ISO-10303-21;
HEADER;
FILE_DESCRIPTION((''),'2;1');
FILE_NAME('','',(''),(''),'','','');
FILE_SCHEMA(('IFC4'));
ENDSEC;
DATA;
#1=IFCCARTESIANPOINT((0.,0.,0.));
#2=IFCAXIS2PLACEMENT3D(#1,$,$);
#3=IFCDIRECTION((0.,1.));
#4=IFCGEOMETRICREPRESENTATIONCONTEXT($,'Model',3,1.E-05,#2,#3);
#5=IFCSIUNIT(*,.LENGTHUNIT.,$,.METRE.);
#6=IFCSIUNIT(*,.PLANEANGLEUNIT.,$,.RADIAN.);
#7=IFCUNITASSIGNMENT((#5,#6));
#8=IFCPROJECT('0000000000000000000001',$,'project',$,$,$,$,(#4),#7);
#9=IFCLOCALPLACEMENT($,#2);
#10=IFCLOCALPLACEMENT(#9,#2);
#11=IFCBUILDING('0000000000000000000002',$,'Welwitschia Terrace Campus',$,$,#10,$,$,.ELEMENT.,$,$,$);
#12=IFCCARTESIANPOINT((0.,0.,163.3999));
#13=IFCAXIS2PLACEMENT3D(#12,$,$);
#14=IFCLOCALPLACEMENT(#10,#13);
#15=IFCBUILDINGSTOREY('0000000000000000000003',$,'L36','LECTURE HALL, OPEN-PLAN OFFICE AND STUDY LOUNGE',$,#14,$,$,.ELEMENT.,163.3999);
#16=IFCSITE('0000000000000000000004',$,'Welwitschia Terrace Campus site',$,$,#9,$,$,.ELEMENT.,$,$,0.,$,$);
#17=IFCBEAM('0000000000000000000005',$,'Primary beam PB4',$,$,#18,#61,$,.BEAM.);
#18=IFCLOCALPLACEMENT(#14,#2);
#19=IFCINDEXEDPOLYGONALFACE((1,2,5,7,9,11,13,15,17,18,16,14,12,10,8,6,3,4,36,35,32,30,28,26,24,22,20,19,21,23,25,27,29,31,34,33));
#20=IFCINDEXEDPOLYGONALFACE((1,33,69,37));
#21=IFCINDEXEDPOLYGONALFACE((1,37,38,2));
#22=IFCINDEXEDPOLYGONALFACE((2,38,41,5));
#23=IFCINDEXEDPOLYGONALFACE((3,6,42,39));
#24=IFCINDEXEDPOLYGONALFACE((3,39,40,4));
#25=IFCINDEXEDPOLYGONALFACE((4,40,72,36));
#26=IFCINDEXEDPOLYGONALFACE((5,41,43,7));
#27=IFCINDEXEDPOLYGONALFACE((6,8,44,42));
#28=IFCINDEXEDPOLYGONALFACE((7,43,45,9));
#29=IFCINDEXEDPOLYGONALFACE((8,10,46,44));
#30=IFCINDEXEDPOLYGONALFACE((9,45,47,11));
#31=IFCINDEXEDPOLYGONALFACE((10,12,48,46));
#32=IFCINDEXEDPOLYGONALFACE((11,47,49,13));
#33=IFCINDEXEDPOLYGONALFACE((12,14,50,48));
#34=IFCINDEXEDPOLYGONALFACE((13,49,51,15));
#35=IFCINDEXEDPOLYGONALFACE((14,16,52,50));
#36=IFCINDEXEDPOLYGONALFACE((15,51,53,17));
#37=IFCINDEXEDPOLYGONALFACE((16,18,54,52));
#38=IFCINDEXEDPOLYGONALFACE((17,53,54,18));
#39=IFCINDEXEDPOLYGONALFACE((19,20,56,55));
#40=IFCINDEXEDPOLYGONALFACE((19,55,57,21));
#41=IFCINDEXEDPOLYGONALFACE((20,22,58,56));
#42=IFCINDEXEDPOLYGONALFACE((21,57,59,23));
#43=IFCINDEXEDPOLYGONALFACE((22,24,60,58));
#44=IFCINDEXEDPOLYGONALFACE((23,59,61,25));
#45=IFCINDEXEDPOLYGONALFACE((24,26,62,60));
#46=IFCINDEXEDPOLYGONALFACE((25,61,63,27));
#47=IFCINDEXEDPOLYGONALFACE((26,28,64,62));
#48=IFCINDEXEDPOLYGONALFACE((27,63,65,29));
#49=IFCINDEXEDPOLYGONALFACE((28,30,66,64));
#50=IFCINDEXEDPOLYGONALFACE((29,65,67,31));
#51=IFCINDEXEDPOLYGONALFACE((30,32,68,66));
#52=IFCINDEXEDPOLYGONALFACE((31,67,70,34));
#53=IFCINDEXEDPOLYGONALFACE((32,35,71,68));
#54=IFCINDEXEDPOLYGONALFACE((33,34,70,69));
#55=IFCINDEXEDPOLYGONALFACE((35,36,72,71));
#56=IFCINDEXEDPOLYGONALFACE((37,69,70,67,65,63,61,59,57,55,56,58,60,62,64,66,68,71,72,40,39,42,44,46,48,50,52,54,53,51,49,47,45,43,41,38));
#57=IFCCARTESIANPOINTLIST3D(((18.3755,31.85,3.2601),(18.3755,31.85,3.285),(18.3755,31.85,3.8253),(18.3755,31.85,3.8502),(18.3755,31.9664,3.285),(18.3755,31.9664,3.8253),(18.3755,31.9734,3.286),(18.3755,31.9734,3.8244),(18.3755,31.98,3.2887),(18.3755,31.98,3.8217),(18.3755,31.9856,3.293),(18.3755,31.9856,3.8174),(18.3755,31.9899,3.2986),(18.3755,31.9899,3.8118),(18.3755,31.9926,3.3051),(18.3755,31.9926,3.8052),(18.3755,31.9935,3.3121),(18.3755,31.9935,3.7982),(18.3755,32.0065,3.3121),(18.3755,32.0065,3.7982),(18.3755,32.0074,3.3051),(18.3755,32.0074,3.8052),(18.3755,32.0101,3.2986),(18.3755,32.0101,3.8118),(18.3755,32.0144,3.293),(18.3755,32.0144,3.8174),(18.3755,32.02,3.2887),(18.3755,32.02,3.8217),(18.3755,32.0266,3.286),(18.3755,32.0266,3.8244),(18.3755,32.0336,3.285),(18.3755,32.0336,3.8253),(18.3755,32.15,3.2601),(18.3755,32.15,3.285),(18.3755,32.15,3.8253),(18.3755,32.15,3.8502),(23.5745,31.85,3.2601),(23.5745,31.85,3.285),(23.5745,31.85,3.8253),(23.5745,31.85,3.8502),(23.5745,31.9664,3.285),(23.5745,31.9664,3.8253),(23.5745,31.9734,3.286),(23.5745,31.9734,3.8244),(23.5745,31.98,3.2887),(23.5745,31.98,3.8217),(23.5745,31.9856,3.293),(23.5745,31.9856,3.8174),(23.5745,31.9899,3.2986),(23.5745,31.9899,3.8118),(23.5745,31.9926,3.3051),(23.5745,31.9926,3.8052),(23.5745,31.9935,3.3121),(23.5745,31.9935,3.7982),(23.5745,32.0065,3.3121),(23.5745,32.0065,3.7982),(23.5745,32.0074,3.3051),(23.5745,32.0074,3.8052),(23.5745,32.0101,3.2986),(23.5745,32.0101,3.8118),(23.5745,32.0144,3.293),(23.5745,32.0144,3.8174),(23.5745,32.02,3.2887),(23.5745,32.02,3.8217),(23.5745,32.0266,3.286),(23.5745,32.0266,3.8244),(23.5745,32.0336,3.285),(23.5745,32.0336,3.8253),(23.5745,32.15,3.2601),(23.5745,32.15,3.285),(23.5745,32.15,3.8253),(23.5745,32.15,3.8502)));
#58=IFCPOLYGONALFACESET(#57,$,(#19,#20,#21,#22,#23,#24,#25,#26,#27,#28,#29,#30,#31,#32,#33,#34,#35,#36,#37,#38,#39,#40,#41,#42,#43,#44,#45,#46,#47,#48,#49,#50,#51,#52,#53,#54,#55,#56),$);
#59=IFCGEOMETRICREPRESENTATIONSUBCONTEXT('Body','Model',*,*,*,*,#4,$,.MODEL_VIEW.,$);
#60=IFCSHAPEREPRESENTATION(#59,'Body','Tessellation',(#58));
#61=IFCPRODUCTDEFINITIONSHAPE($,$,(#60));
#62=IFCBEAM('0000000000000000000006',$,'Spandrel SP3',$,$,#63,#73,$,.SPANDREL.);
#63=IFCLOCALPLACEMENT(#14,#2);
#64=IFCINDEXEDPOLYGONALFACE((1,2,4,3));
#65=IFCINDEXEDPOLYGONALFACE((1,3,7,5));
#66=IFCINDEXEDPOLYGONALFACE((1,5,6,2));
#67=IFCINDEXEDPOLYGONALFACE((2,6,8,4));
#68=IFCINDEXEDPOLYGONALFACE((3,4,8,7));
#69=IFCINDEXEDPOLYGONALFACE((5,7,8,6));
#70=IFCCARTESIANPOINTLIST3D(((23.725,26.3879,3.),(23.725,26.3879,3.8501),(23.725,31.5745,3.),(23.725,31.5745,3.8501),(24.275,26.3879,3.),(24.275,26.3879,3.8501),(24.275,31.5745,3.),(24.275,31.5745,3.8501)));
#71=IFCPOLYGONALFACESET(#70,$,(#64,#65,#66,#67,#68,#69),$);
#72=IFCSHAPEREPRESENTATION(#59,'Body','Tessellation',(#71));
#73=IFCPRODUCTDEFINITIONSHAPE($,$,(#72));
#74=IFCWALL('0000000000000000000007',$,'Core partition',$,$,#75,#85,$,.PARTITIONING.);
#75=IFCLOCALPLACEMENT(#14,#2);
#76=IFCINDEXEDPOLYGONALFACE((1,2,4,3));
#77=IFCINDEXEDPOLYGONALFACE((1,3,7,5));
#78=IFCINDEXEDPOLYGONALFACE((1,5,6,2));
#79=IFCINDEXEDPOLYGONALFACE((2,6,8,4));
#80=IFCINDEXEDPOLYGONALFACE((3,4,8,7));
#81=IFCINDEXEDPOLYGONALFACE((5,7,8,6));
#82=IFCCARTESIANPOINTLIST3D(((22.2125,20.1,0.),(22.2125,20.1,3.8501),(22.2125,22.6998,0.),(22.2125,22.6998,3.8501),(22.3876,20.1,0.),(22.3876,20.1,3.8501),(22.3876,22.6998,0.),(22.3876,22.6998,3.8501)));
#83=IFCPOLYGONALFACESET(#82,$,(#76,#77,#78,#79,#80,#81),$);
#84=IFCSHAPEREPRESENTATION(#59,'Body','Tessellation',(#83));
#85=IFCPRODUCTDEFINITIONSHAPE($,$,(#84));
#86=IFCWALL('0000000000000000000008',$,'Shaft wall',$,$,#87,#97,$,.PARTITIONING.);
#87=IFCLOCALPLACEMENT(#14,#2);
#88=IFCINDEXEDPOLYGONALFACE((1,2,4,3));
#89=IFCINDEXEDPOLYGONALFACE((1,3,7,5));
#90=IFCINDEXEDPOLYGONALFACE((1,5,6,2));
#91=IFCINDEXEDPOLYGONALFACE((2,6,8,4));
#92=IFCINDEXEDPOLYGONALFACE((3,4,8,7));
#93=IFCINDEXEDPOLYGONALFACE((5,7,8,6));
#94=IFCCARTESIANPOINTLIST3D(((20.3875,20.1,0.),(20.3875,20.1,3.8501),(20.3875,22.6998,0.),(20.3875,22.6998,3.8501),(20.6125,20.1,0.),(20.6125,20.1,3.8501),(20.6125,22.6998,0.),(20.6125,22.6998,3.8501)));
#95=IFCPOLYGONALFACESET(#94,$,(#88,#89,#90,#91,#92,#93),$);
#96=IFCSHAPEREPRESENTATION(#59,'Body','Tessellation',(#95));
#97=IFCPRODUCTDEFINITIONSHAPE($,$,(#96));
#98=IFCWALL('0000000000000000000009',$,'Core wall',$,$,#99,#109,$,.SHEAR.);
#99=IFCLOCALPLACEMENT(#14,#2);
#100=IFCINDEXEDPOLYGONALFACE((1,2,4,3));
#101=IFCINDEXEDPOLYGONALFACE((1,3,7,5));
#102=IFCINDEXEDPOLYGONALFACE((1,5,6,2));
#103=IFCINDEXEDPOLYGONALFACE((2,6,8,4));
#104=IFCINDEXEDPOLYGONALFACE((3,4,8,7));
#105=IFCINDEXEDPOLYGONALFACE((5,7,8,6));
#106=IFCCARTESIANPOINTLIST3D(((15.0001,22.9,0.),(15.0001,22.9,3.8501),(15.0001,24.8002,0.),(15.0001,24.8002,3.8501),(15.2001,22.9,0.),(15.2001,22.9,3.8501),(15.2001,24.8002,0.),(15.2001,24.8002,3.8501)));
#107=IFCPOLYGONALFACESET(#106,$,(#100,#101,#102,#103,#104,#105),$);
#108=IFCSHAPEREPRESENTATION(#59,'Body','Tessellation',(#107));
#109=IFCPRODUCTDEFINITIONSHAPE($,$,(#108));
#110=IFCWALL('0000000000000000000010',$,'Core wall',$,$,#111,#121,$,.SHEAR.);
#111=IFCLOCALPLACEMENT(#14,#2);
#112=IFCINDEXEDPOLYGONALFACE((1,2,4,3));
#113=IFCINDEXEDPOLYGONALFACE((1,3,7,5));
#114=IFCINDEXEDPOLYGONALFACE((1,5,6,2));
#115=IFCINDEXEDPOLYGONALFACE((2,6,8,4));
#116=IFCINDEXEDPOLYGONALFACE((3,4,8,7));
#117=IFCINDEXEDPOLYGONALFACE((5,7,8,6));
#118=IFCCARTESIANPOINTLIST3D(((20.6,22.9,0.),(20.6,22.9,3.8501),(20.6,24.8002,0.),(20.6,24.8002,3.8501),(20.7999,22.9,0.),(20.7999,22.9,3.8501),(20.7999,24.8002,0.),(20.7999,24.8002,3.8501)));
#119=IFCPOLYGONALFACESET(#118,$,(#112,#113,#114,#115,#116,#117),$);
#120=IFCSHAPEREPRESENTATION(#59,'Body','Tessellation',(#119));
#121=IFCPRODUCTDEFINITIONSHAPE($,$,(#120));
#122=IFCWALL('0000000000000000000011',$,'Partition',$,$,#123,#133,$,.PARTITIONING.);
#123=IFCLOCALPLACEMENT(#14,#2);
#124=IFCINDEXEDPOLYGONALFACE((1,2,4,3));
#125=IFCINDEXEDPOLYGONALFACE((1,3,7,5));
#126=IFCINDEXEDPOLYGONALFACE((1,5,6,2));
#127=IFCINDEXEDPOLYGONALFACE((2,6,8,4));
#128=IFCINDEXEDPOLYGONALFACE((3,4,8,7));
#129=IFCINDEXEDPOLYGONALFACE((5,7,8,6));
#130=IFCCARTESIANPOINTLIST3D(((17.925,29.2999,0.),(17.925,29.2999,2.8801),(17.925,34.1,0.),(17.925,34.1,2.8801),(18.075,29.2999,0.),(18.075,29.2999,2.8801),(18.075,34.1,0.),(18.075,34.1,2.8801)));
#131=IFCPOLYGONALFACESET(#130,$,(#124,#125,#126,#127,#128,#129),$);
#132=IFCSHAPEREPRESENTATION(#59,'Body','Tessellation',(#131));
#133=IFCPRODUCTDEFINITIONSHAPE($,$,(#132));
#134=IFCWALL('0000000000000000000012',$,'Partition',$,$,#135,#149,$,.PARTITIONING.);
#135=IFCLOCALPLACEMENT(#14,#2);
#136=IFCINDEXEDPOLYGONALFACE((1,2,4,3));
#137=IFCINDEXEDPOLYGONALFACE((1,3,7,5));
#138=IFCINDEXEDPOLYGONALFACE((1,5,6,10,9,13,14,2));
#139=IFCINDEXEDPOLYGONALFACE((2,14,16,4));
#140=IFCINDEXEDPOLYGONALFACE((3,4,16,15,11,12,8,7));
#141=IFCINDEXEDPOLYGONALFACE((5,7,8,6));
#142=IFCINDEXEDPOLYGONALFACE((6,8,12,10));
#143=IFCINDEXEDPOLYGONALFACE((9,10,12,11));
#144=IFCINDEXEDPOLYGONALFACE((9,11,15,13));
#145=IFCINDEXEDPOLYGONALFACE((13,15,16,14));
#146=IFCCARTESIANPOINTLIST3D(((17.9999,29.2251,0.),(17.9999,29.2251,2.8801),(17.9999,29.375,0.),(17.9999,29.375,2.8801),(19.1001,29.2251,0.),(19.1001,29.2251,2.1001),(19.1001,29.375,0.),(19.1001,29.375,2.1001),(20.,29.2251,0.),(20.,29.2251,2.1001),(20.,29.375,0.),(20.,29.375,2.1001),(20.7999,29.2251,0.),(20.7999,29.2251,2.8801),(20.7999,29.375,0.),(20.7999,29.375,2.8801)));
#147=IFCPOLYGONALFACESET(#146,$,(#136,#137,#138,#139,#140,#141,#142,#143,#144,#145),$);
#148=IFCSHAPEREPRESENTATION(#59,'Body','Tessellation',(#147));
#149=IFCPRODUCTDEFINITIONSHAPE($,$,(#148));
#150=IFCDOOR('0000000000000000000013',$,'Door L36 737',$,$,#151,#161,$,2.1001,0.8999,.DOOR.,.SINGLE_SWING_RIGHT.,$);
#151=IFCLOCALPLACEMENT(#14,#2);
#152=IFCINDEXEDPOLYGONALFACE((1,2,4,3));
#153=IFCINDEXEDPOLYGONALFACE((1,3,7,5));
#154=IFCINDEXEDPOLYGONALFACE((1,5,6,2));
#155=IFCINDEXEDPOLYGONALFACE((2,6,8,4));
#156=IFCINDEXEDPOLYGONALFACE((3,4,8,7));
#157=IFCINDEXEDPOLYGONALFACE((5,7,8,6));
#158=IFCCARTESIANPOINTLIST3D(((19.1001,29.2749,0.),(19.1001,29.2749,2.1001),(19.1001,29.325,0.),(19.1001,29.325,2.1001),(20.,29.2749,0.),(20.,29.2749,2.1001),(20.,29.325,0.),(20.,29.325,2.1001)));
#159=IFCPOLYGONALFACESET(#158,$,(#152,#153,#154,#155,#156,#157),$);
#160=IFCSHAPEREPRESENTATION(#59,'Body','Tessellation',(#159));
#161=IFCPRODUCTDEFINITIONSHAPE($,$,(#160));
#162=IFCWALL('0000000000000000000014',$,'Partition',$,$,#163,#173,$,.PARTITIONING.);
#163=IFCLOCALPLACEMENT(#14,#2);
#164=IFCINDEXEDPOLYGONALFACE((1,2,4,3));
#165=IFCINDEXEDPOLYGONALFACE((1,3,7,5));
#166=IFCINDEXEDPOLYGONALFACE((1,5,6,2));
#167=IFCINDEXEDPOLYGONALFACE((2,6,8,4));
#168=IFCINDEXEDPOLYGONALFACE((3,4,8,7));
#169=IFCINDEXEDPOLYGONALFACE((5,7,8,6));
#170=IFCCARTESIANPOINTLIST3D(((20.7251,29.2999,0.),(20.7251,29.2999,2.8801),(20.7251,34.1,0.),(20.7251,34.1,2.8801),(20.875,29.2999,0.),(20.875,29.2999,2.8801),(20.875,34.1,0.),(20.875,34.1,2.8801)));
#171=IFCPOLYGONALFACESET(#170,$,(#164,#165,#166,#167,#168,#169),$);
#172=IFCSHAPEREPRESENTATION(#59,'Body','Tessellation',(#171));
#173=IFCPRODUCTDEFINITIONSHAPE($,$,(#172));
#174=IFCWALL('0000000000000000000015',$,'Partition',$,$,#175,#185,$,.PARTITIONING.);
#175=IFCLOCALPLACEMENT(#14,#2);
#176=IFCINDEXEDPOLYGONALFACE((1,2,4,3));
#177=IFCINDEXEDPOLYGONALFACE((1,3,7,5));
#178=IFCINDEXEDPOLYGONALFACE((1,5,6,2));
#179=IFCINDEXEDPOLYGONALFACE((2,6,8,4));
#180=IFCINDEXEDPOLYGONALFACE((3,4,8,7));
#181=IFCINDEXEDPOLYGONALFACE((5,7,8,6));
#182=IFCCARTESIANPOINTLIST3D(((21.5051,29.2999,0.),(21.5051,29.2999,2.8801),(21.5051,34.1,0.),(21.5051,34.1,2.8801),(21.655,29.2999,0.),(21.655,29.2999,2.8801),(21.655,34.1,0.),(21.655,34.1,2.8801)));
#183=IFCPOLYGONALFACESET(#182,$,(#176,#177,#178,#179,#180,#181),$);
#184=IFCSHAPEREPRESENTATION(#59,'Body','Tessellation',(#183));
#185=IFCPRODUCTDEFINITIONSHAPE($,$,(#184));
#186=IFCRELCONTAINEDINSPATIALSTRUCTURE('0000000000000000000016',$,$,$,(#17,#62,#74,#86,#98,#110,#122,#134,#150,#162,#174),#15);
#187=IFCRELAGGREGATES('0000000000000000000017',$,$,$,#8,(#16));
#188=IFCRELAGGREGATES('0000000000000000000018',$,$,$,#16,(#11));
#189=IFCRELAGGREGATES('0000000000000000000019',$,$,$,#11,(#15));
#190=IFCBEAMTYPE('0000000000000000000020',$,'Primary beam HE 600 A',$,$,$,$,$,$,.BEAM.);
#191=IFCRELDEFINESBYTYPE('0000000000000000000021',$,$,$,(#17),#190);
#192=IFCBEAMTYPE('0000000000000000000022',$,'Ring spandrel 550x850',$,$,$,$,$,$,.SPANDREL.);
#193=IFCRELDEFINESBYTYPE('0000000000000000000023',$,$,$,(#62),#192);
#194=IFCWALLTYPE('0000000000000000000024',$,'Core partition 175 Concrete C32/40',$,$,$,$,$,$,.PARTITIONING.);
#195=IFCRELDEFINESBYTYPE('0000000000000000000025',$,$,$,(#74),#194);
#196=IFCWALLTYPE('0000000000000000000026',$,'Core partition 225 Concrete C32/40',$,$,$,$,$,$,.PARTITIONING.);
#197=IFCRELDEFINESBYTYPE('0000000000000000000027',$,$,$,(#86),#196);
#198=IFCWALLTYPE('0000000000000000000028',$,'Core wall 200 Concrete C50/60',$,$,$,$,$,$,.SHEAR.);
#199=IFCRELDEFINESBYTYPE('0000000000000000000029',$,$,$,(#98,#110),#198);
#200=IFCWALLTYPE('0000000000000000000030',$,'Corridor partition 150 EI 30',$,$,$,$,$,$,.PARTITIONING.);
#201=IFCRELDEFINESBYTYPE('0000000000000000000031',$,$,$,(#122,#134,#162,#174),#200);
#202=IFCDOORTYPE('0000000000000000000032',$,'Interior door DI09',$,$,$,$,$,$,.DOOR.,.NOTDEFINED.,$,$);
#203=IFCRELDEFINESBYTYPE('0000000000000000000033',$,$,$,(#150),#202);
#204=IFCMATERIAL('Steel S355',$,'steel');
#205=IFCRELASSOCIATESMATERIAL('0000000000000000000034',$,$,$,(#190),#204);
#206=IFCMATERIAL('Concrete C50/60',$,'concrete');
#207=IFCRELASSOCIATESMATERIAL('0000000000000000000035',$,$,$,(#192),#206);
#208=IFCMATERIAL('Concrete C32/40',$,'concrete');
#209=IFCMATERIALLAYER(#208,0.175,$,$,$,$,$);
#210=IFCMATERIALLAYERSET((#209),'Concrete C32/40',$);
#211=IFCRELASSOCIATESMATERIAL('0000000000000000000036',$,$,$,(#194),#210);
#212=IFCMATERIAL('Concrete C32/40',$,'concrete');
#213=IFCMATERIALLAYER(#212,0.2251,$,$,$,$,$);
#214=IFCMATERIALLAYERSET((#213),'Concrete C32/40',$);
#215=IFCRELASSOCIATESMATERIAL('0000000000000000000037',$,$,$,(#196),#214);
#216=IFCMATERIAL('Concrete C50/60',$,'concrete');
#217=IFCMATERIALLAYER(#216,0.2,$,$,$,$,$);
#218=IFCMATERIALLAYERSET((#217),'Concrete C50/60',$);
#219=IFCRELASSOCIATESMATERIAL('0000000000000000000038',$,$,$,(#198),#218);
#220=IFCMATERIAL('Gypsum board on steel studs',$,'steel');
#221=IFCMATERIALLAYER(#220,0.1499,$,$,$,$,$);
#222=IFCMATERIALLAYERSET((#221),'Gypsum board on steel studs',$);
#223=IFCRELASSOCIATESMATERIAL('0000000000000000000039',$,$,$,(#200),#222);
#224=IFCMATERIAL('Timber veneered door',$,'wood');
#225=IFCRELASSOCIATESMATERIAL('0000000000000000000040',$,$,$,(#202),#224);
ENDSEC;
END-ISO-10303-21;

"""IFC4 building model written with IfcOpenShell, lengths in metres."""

from ifc_helpers import new_model, si_unit, direction, frame, frame_2d, origin, origin_2d, place, context, subcontext, project, spatial, rectangle, i_section, extrude, material, layer, layer_set, material_profile, profile_set, type_object, element, fill, save


model = new_model("IFC4")

# Units and contexts
model_context = context("Model", 3, precision=1e-05, world=origin(), true_north=direction((0.0, 1.0)))
body_context = subcontext(model_context, "Body", "Model", "MODEL_VIEW")
ifc_project = project(units=[si_unit("LENGTHUNIT", "METRE"), si_unit("PLANEANGLEUNIT", "RADIAN")], contexts=[model_context])

# Site, building, storey
site_placement = place(None, origin())
site = spatial("IfcSite", under=ifc_project, at=site_placement, Name="Welwitschia Terrace Campus site", CompositionType="ELEMENT", RefElevation=0.0)
building_placement = place(site_placement, origin())
building = spatial("IfcBuilding", under=site, at=building_placement, Name="Welwitschia Terrace Campus", CompositionType="ELEMENT")
storey_placement = place(building_placement, frame((0.0, 0.0, 163.3999)))
storey = spatial("IfcBuildingStorey", under=building, at=storey_placement, Name="L36", Description="LECTURE HALL, OPEN-PLAN OFFICE AND STUDY LOUNGE", CompositionType="ELEMENT", Elevation=163.3999)

# Beams
ifc_material_1 = material(Name="Steel S355", Category="steel")
ifc_material_profile_1 = material_profile(ifc_material_1, i_section(OverallWidth=0.3, OverallDepth=0.5901, WebThickness=0.0129, FlangeThickness=0.0249, FilletRadius=0.0271, at=origin_2d()))
ifc_profile_set_1 = profile_set([ifc_material_profile_1], Name="Steel S355")
beam_type_1 = type_object("IfcBeamType", Name="Primary beam HE 600 A", PredefinedType="BEAM", material=ifc_profile_set_1)
beam_1_placement = place(storey_placement, frame((23.5745, 32.0, 3.5552), z_axis=(-1.0, 0.0, 0.0), x_axis=(0.0, -1.0, 0.0)))
element("IfcBeam", 1, at=beam_1_placement, inside=storey, type_object=beam_type_1, Name="Primary beam PB4", PredefinedType="BEAM", context=body_context, shape_type="SweptSolid", body=[
    extrude(i_section(OverallWidth=0.3, OverallDepth=0.5901, WebThickness=0.0129, FlangeThickness=0.0249, FilletRadius=0.0271, at=origin_2d()), origin(), (0.0, 0.0, 1.0), 5.199),
])
ifc_material_2 = material(Name="Concrete C50/60", Category="concrete")
ifc_material_profile_2 = material_profile(ifc_material_2, rectangle(XDim=0.55, YDim=0.8501, at=origin_2d()))
ifc_profile_set_2 = profile_set([ifc_material_profile_2], Name="Concrete C50/60")
beam_type_2 = type_object("IfcBeamType", Name="Ring spandrel 550x850", PredefinedType="SPANDREL", material=ifc_profile_set_2)
beam_2_placement = place(storey_placement, frame((24.0, 26.3879, 3.425), z_axis=(0.0, 1.0, 0.0), x_axis=(-1.0, 0.0, 0.0)))
element("IfcBeam", 2, at=beam_2_placement, inside=storey, type_object=beam_type_2, Name="Spandrel SP3", PredefinedType="SPANDREL", context=body_context, shape_type="SweptSolid", body=[
    extrude(rectangle(XDim=0.55, YDim=0.8501, at=origin_2d()), origin(), (0.0, 0.0, 1.0), 5.1865),
])

# Walls
ifc_material_3 = material(Name="Concrete C32/40", Category="concrete")
ifc_layer_1 = layer(ifc_material_3, 0.175)
ifc_layer_set_1 = layer_set([ifc_layer_1], Name="Concrete C32/40")
wall_type_1 = type_object("IfcWallType", Name="Core partition 175 Concrete C32/40", PredefinedType="PARTITIONING", material=ifc_layer_set_1)
wall_1_placement = place(storey_placement, frame((22.3, 20.1001, 0.0), z_axis=(0.0, 0.0, 1.0), x_axis=(0.0, 1.0, 0.0)))
element("IfcWall", 3, at=wall_1_placement, inside=storey, type_object=wall_type_1, Name="Core partition", PredefinedType="PARTITIONING", context=body_context, shape_type="SweptSolid", body=[
    extrude(rectangle(XDim=2.5999, YDim=0.175, at=frame_2d((1.2998, 0.0))), origin(), (0.0, 0.0, 1.0), 3.8501),
])
ifc_material_4 = material(Name="Concrete C32/40", Category="concrete")
ifc_layer_2 = layer(ifc_material_4, 0.2251)
ifc_layer_set_2 = layer_set([ifc_layer_2], Name="Concrete C32/40")
wall_type_2 = type_object("IfcWallType", Name="Core partition 225 Concrete C32/40", PredefinedType="PARTITIONING", material=ifc_layer_set_2)
wall_2_placement = place(storey_placement, frame((20.5, 20.1001, 0.0), z_axis=(0.0, 0.0, 1.0), x_axis=(0.0, 1.0, 0.0)))
element("IfcWall", 4, at=wall_2_placement, inside=storey, type_object=wall_type_2, Name="Shaft wall", PredefinedType="PARTITIONING", context=body_context, shape_type="SweptSolid", body=[
    extrude(rectangle(XDim=2.5999, YDim=0.2251, at=frame_2d((1.2998, 0.0))), origin(), (0.0, 0.0, 1.0), 3.8501),
])
ifc_material_5 = material(Name="Concrete C50/60", Category="concrete")
ifc_layer_3 = layer(ifc_material_5, 0.2)
ifc_layer_set_3 = layer_set([ifc_layer_3], Name="Concrete C50/60")
wall_type_3 = type_object("IfcWallType", Name="Core wall 200 Concrete C50/60", PredefinedType="SHEAR", material=ifc_layer_set_3)
for number, where, z_axis, x_axis, name in (
    (5, (15.1001, 22.8999, 0.0), (0.0, 0.0, 1.0), (0.0, 1.0, 0.0), "Core wall"),
    (6, (20.7, 22.8999, 0.0), (0.0, 0.0, 1.0), (0.0, 1.0, 0.0), "Core wall"),
):
    element("IfcWall", number, at=place(storey_placement, frame(where, z_axis=z_axis, x_axis=x_axis)), inside=storey, type_object=wall_type_3, Name=name, PredefinedType="SHEAR", context=body_context, shape_type="SweptSolid", body=[
        extrude(rectangle(XDim=1.9001, YDim=0.2, at=frame_2d((0.9502, 0.0))), origin(), (0.0, 0.0, 1.0), 3.8501),
    ])
ifc_material_6 = material(Name="Gypsum board on steel studs", Category="steel")
ifc_layer_4 = layer(ifc_material_6, 0.1499)
ifc_layer_set_4 = layer_set([ifc_layer_4], Name="Gypsum board on steel studs")
wall_type_4 = type_object("IfcWallType", Name="Corridor partition 150 EI 30", PredefinedType="PARTITIONING", material=ifc_layer_set_4)
wall_3_placement = place(storey_placement, frame((18.0, 29.3, 0.0), z_axis=(0.0, 0.0, 1.0), x_axis=(0.0, 1.0, 0.0)))
element("IfcWall", 7, at=wall_3_placement, inside=storey, type_object=wall_type_4, Name="Partition", PredefinedType="PARTITIONING", context=body_context, shape_type="SweptSolid", body=[
    extrude(rectangle(XDim=4.8, YDim=0.1499, at=frame_2d((2.3999, 0.0))), origin(), (0.0, 0.0, 1.0), 2.8801),
])

# Wall, opening, door
wall_4_placement = place(storey_placement, frame((18.0, 29.3, 0.0), z_axis=(0.0, 0.0, 1.0), x_axis=(1.0, 0.0, 0.0)))
wall_4 = element("IfcWall", 8, at=wall_4_placement, inside=storey, type_object=wall_type_4, Name="Partition", PredefinedType="PARTITIONING", context=body_context, shape_type="SweptSolid", body=[
    extrude(rectangle(XDim=2.8, YDim=0.1499, at=frame_2d((1.3999, 0.0))), origin(), (0.0, 0.0, 1.0), 2.8801),
])
opening_1_placement = place(wall_4_placement, frame((1.1001, 0.0, 0.0)))
opening_1 = element("IfcOpeningElement", 9, at=opening_1_placement, cuts=wall_4, PredefinedType="OPENING", context=body_context, shape_type="SweptSolid", body=[
    extrude(rectangle(XDim=0.8999, YDim=2.1001, at=frame_2d((0.45, 1.05))), frame((0.0, 0.085, 0.0), z_axis=(0.0, -1.0, 0.0), x_axis=(1.0, 0.0, 0.0)), (0.0, 0.0, 1.0), 0.1699),
])
ifc_material_7 = material(Name="Timber veneered door", Category="wood")
door_type_1 = type_object("IfcDoorType", Name="Interior door DI09", OperationType="NOTDEFINED", PredefinedType="DOOR", material=ifc_material_7)
door_1_placement = place(opening_1_placement, origin())
door_1 = element("IfcDoor", 10, at=door_1_placement, inside=storey, type_object=door_type_1, Name="Door L36 737", OperationType="SINGLE_SWING_RIGHT", OverallHeight=2.1001, OverallWidth=0.8999, PredefinedType="DOOR", context=body_context, shape_type="SweptSolid", body=[
    extrude(rectangle(XDim=0.8999, YDim=2.1001, at=frame_2d((0.45, 1.05))), frame((0.0, 0.0249, 0.0), z_axis=(0.0, -1.0, 0.0), x_axis=(1.0, 0.0, 0.0)), (0.0, 0.0, 1.0), 0.05),
])
fill(opening_1, door_1)

# Walls
for number, where, z_axis, x_axis, name in (
    (11, (20.8, 29.3, 0.0), (0.0, 0.0, 1.0), (0.0, 1.0, 0.0), "Partition"),
    (12, (21.5801, 29.3, 0.0), (0.0, 0.0, 1.0), (0.0, 1.0, 0.0), "Partition"),
):
    element("IfcWall", number, at=place(storey_placement, frame(where, z_axis=z_axis, x_axis=x_axis)), inside=storey, type_object=wall_type_4, Name=name, PredefinedType="PARTITIONING", context=body_context, shape_type="SweptSolid", body=[
        extrude(rectangle(XDim=4.8, YDim=0.1499, at=frame_2d((2.3999, 0.0))), origin(), (0.0, 0.0, 1.0), 2.8801),
    ])

save(model, "model.ifc")
